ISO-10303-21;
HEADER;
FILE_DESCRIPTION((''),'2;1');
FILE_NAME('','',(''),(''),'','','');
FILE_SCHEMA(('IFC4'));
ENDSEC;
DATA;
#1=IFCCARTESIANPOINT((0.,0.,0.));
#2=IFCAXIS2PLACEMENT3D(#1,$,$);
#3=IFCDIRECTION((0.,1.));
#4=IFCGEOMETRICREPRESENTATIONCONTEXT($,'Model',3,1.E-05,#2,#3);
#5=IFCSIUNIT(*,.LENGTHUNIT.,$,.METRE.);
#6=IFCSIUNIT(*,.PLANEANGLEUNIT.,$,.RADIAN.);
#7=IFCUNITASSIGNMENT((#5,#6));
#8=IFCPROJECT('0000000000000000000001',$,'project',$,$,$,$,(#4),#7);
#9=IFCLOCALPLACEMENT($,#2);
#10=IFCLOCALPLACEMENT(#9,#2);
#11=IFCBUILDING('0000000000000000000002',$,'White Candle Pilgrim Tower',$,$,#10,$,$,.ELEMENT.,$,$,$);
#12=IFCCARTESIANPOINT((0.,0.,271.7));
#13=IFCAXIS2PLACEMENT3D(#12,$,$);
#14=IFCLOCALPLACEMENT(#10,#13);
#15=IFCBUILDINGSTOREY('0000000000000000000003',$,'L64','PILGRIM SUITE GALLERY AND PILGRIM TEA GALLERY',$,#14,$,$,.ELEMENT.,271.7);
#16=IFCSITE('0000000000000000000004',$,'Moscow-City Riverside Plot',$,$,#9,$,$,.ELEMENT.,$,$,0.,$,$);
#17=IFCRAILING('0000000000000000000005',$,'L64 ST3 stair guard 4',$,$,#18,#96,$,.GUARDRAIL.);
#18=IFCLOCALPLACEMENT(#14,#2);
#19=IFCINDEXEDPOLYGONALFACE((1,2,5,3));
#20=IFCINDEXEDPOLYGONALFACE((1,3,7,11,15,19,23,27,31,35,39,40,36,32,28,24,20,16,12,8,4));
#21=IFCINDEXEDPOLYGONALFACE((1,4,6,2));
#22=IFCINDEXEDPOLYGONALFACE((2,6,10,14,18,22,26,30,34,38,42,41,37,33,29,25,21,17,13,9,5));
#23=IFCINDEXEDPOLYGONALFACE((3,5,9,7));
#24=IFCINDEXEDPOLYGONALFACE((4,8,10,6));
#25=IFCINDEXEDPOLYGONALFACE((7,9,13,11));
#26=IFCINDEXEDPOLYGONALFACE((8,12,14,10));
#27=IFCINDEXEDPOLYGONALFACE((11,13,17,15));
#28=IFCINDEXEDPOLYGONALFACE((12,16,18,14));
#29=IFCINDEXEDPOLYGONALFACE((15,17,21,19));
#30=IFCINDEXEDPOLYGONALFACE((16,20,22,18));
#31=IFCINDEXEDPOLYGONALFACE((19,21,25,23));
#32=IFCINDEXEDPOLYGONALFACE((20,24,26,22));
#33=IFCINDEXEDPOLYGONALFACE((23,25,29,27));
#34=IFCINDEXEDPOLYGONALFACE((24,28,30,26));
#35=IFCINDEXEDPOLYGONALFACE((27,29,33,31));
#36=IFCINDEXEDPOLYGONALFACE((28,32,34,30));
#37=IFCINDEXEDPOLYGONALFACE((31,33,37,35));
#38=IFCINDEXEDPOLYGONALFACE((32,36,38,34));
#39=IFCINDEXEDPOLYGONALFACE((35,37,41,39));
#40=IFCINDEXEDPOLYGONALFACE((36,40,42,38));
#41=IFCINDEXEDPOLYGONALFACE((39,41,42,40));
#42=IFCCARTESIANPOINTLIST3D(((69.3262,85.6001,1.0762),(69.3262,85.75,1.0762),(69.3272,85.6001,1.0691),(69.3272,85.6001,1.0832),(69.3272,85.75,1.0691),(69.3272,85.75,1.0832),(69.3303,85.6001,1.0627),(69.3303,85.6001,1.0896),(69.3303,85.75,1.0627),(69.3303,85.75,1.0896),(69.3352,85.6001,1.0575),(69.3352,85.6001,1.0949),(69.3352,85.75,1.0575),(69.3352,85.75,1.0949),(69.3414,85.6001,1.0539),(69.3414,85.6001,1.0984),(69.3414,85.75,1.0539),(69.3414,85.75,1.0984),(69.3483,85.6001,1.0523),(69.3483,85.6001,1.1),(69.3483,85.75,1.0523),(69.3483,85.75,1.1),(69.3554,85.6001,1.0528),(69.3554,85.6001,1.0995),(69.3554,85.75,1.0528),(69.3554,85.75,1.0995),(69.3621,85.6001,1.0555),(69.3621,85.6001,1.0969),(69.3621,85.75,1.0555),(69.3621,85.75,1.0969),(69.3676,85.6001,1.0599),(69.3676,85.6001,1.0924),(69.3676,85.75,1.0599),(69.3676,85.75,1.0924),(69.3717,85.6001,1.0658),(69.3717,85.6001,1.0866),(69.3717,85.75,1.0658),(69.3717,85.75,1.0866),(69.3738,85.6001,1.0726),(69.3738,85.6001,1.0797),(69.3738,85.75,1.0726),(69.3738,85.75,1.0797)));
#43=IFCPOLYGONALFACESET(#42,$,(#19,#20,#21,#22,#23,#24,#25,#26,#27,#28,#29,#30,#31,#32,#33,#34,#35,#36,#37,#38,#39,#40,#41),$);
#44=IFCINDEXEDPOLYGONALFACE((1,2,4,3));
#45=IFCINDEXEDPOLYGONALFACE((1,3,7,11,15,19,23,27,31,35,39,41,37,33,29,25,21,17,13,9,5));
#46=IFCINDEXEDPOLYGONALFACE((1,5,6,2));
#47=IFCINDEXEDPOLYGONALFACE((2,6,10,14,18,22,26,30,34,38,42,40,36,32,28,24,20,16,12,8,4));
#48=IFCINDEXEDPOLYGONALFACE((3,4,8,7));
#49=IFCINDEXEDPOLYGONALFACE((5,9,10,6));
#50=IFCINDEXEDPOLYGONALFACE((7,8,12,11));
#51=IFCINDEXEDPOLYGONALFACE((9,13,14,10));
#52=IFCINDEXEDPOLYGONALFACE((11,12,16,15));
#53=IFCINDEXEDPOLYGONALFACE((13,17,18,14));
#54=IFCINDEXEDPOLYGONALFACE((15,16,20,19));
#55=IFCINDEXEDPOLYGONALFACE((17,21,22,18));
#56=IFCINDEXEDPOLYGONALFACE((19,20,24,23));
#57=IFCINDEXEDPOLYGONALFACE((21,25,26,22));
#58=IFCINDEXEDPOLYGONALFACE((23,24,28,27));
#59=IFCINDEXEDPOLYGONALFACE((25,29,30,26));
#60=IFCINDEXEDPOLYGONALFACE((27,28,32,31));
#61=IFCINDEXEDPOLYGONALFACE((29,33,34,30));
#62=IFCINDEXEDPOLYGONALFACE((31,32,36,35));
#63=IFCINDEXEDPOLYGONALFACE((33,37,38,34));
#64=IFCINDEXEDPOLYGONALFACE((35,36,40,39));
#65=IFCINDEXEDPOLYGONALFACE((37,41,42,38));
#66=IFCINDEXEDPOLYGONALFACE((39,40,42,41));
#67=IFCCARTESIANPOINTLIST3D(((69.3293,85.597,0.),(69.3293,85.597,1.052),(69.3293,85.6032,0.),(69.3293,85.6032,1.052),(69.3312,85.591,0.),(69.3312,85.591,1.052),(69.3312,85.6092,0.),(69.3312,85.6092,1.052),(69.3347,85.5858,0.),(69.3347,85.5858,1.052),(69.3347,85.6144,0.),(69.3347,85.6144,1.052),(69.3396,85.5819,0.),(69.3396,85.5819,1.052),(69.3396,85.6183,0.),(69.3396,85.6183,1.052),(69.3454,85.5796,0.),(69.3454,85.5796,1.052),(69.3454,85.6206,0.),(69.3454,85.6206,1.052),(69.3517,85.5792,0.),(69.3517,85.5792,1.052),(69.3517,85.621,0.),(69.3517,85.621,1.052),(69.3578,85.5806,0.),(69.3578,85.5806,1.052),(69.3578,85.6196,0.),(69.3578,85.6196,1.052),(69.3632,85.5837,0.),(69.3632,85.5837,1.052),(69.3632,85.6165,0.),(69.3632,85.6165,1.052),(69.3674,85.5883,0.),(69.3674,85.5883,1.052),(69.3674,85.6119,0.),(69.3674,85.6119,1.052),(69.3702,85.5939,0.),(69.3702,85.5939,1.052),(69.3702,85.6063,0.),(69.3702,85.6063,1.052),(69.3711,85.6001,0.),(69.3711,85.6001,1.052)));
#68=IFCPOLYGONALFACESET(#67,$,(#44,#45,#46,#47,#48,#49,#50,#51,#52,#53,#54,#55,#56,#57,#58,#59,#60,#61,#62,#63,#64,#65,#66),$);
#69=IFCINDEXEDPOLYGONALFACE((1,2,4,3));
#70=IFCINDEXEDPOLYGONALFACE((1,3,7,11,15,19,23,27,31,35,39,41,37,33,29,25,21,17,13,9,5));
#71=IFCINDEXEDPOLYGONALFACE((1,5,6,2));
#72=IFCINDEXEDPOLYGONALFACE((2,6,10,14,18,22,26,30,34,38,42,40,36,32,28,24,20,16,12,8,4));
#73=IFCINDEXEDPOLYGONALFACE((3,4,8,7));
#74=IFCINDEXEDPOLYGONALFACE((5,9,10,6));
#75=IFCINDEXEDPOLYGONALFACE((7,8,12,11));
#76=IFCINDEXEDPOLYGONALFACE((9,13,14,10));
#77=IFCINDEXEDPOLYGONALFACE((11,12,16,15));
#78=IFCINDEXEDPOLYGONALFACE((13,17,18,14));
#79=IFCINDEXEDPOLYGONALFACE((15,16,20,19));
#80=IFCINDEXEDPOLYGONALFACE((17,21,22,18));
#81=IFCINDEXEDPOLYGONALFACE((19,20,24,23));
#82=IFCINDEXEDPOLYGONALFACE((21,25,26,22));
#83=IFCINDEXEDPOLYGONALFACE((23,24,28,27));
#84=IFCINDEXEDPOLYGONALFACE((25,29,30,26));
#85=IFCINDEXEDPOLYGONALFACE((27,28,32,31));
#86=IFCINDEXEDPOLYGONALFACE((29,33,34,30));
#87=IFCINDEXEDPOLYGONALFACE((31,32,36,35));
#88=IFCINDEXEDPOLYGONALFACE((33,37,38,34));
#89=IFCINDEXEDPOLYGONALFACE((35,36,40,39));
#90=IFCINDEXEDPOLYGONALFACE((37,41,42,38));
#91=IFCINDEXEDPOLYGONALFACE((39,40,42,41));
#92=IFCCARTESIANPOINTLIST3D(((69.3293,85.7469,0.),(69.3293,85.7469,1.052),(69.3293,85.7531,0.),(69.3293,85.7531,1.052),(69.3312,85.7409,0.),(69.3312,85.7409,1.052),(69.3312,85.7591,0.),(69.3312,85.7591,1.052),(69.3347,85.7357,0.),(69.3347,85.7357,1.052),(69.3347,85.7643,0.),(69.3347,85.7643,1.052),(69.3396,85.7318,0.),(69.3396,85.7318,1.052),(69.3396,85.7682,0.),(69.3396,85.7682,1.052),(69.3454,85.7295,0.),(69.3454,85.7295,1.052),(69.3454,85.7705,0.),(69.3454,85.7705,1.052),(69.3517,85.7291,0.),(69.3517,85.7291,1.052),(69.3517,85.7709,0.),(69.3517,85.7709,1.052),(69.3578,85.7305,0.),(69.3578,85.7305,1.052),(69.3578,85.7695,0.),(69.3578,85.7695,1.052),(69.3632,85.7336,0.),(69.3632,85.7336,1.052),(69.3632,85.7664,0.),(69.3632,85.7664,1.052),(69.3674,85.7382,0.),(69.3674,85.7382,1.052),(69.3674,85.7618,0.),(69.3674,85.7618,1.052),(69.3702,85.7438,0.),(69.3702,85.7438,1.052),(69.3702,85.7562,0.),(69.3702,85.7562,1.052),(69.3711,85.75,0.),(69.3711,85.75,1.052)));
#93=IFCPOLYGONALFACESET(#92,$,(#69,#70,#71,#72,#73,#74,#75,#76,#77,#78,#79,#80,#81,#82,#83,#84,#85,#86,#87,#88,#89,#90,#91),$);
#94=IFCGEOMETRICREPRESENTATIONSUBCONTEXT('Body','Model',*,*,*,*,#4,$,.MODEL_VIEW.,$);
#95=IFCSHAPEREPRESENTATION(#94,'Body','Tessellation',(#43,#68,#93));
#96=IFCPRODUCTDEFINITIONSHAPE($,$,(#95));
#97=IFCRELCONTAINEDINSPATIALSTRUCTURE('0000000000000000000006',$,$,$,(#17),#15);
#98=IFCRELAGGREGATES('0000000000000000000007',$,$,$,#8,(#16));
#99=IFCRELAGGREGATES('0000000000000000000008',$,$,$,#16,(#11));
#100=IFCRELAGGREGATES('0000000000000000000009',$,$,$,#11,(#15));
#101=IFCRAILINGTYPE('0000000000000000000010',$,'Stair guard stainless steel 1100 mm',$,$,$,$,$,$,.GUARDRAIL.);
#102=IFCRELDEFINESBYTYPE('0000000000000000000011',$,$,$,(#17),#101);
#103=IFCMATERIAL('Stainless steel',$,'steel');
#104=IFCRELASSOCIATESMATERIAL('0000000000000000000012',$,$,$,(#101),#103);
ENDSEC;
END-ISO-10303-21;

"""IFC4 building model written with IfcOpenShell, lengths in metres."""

from ifc_helpers import new_model, si_unit, direction, frame, origin, origin_2d, place, context, subcontext, project, spatial, circle, extrude, material, type_object, element, save


model = new_model("IFC4")

# Units and contexts
model_context = context("Model", 3, precision=1e-05, world=origin(), true_north=direction((0.0, 1.0)))
body_context = subcontext(model_context, "Body", "Model", "MODEL_VIEW")
ifc_project = project(units=[si_unit("LENGTHUNIT", "METRE"), si_unit("PLANEANGLEUNIT", "RADIAN")], contexts=[model_context])

# Site, building, storey
site_placement = place(None, origin())
site = spatial("IfcSite", under=ifc_project, at=site_placement, Name="Moscow-City Riverside Plot", CompositionType="ELEMENT", RefElevation=0.0)
building_placement = place(site_placement, origin())
building = spatial("IfcBuilding", under=site, at=building_placement, Name="White Candle Pilgrim Tower", CompositionType="ELEMENT")
storey_placement = place(building_placement, frame((0.0, 0.0, 271.7)))
storey = spatial("IfcBuildingStorey", under=building, at=storey_placement, Name="L64", Description="PILGRIM SUITE GALLERY AND PILGRIM TEA GALLERY", CompositionType="ELEMENT", Elevation=271.7)

# Railing
ifc_material_1 = material(Name="Stainless steel", Category="steel")
railing_type_1 = type_object("IfcRailingType", Name="Stair guard stainless steel 1100 mm", PredefinedType="GUARDRAIL", material=ifc_material_1)
railing_1_placement = place(storey_placement, frame((69.3501, 85.6001, 0.0)))
element("IfcRailing", 1, at=railing_1_placement, inside=storey, type_object=railing_type_1, Name="L64 ST3 stair guard 4", PredefinedType="GUARDRAIL", context=body_context, shape_type="SweptSolid", body=[
    extrude(circle(Radius=0.0239, at=origin_2d()), frame((0.0, 0.0, 1.0762), z_axis=(0.0, 1.0, 0.0), x_axis=(-1.0, 0.0, 0.0)), (0.0, 0.0, 1.0), 0.1499),
    extrude(circle(Radius=0.021, at=origin_2d()), origin(), (0.0, 0.0, 1.0), 1.052),
    extrude(circle(Radius=0.021, at=origin_2d()), frame((0.0, 0.1499, 0.0)), (0.0, 0.0, 1.0), 1.052),
])

save(model, "model.ifc")
